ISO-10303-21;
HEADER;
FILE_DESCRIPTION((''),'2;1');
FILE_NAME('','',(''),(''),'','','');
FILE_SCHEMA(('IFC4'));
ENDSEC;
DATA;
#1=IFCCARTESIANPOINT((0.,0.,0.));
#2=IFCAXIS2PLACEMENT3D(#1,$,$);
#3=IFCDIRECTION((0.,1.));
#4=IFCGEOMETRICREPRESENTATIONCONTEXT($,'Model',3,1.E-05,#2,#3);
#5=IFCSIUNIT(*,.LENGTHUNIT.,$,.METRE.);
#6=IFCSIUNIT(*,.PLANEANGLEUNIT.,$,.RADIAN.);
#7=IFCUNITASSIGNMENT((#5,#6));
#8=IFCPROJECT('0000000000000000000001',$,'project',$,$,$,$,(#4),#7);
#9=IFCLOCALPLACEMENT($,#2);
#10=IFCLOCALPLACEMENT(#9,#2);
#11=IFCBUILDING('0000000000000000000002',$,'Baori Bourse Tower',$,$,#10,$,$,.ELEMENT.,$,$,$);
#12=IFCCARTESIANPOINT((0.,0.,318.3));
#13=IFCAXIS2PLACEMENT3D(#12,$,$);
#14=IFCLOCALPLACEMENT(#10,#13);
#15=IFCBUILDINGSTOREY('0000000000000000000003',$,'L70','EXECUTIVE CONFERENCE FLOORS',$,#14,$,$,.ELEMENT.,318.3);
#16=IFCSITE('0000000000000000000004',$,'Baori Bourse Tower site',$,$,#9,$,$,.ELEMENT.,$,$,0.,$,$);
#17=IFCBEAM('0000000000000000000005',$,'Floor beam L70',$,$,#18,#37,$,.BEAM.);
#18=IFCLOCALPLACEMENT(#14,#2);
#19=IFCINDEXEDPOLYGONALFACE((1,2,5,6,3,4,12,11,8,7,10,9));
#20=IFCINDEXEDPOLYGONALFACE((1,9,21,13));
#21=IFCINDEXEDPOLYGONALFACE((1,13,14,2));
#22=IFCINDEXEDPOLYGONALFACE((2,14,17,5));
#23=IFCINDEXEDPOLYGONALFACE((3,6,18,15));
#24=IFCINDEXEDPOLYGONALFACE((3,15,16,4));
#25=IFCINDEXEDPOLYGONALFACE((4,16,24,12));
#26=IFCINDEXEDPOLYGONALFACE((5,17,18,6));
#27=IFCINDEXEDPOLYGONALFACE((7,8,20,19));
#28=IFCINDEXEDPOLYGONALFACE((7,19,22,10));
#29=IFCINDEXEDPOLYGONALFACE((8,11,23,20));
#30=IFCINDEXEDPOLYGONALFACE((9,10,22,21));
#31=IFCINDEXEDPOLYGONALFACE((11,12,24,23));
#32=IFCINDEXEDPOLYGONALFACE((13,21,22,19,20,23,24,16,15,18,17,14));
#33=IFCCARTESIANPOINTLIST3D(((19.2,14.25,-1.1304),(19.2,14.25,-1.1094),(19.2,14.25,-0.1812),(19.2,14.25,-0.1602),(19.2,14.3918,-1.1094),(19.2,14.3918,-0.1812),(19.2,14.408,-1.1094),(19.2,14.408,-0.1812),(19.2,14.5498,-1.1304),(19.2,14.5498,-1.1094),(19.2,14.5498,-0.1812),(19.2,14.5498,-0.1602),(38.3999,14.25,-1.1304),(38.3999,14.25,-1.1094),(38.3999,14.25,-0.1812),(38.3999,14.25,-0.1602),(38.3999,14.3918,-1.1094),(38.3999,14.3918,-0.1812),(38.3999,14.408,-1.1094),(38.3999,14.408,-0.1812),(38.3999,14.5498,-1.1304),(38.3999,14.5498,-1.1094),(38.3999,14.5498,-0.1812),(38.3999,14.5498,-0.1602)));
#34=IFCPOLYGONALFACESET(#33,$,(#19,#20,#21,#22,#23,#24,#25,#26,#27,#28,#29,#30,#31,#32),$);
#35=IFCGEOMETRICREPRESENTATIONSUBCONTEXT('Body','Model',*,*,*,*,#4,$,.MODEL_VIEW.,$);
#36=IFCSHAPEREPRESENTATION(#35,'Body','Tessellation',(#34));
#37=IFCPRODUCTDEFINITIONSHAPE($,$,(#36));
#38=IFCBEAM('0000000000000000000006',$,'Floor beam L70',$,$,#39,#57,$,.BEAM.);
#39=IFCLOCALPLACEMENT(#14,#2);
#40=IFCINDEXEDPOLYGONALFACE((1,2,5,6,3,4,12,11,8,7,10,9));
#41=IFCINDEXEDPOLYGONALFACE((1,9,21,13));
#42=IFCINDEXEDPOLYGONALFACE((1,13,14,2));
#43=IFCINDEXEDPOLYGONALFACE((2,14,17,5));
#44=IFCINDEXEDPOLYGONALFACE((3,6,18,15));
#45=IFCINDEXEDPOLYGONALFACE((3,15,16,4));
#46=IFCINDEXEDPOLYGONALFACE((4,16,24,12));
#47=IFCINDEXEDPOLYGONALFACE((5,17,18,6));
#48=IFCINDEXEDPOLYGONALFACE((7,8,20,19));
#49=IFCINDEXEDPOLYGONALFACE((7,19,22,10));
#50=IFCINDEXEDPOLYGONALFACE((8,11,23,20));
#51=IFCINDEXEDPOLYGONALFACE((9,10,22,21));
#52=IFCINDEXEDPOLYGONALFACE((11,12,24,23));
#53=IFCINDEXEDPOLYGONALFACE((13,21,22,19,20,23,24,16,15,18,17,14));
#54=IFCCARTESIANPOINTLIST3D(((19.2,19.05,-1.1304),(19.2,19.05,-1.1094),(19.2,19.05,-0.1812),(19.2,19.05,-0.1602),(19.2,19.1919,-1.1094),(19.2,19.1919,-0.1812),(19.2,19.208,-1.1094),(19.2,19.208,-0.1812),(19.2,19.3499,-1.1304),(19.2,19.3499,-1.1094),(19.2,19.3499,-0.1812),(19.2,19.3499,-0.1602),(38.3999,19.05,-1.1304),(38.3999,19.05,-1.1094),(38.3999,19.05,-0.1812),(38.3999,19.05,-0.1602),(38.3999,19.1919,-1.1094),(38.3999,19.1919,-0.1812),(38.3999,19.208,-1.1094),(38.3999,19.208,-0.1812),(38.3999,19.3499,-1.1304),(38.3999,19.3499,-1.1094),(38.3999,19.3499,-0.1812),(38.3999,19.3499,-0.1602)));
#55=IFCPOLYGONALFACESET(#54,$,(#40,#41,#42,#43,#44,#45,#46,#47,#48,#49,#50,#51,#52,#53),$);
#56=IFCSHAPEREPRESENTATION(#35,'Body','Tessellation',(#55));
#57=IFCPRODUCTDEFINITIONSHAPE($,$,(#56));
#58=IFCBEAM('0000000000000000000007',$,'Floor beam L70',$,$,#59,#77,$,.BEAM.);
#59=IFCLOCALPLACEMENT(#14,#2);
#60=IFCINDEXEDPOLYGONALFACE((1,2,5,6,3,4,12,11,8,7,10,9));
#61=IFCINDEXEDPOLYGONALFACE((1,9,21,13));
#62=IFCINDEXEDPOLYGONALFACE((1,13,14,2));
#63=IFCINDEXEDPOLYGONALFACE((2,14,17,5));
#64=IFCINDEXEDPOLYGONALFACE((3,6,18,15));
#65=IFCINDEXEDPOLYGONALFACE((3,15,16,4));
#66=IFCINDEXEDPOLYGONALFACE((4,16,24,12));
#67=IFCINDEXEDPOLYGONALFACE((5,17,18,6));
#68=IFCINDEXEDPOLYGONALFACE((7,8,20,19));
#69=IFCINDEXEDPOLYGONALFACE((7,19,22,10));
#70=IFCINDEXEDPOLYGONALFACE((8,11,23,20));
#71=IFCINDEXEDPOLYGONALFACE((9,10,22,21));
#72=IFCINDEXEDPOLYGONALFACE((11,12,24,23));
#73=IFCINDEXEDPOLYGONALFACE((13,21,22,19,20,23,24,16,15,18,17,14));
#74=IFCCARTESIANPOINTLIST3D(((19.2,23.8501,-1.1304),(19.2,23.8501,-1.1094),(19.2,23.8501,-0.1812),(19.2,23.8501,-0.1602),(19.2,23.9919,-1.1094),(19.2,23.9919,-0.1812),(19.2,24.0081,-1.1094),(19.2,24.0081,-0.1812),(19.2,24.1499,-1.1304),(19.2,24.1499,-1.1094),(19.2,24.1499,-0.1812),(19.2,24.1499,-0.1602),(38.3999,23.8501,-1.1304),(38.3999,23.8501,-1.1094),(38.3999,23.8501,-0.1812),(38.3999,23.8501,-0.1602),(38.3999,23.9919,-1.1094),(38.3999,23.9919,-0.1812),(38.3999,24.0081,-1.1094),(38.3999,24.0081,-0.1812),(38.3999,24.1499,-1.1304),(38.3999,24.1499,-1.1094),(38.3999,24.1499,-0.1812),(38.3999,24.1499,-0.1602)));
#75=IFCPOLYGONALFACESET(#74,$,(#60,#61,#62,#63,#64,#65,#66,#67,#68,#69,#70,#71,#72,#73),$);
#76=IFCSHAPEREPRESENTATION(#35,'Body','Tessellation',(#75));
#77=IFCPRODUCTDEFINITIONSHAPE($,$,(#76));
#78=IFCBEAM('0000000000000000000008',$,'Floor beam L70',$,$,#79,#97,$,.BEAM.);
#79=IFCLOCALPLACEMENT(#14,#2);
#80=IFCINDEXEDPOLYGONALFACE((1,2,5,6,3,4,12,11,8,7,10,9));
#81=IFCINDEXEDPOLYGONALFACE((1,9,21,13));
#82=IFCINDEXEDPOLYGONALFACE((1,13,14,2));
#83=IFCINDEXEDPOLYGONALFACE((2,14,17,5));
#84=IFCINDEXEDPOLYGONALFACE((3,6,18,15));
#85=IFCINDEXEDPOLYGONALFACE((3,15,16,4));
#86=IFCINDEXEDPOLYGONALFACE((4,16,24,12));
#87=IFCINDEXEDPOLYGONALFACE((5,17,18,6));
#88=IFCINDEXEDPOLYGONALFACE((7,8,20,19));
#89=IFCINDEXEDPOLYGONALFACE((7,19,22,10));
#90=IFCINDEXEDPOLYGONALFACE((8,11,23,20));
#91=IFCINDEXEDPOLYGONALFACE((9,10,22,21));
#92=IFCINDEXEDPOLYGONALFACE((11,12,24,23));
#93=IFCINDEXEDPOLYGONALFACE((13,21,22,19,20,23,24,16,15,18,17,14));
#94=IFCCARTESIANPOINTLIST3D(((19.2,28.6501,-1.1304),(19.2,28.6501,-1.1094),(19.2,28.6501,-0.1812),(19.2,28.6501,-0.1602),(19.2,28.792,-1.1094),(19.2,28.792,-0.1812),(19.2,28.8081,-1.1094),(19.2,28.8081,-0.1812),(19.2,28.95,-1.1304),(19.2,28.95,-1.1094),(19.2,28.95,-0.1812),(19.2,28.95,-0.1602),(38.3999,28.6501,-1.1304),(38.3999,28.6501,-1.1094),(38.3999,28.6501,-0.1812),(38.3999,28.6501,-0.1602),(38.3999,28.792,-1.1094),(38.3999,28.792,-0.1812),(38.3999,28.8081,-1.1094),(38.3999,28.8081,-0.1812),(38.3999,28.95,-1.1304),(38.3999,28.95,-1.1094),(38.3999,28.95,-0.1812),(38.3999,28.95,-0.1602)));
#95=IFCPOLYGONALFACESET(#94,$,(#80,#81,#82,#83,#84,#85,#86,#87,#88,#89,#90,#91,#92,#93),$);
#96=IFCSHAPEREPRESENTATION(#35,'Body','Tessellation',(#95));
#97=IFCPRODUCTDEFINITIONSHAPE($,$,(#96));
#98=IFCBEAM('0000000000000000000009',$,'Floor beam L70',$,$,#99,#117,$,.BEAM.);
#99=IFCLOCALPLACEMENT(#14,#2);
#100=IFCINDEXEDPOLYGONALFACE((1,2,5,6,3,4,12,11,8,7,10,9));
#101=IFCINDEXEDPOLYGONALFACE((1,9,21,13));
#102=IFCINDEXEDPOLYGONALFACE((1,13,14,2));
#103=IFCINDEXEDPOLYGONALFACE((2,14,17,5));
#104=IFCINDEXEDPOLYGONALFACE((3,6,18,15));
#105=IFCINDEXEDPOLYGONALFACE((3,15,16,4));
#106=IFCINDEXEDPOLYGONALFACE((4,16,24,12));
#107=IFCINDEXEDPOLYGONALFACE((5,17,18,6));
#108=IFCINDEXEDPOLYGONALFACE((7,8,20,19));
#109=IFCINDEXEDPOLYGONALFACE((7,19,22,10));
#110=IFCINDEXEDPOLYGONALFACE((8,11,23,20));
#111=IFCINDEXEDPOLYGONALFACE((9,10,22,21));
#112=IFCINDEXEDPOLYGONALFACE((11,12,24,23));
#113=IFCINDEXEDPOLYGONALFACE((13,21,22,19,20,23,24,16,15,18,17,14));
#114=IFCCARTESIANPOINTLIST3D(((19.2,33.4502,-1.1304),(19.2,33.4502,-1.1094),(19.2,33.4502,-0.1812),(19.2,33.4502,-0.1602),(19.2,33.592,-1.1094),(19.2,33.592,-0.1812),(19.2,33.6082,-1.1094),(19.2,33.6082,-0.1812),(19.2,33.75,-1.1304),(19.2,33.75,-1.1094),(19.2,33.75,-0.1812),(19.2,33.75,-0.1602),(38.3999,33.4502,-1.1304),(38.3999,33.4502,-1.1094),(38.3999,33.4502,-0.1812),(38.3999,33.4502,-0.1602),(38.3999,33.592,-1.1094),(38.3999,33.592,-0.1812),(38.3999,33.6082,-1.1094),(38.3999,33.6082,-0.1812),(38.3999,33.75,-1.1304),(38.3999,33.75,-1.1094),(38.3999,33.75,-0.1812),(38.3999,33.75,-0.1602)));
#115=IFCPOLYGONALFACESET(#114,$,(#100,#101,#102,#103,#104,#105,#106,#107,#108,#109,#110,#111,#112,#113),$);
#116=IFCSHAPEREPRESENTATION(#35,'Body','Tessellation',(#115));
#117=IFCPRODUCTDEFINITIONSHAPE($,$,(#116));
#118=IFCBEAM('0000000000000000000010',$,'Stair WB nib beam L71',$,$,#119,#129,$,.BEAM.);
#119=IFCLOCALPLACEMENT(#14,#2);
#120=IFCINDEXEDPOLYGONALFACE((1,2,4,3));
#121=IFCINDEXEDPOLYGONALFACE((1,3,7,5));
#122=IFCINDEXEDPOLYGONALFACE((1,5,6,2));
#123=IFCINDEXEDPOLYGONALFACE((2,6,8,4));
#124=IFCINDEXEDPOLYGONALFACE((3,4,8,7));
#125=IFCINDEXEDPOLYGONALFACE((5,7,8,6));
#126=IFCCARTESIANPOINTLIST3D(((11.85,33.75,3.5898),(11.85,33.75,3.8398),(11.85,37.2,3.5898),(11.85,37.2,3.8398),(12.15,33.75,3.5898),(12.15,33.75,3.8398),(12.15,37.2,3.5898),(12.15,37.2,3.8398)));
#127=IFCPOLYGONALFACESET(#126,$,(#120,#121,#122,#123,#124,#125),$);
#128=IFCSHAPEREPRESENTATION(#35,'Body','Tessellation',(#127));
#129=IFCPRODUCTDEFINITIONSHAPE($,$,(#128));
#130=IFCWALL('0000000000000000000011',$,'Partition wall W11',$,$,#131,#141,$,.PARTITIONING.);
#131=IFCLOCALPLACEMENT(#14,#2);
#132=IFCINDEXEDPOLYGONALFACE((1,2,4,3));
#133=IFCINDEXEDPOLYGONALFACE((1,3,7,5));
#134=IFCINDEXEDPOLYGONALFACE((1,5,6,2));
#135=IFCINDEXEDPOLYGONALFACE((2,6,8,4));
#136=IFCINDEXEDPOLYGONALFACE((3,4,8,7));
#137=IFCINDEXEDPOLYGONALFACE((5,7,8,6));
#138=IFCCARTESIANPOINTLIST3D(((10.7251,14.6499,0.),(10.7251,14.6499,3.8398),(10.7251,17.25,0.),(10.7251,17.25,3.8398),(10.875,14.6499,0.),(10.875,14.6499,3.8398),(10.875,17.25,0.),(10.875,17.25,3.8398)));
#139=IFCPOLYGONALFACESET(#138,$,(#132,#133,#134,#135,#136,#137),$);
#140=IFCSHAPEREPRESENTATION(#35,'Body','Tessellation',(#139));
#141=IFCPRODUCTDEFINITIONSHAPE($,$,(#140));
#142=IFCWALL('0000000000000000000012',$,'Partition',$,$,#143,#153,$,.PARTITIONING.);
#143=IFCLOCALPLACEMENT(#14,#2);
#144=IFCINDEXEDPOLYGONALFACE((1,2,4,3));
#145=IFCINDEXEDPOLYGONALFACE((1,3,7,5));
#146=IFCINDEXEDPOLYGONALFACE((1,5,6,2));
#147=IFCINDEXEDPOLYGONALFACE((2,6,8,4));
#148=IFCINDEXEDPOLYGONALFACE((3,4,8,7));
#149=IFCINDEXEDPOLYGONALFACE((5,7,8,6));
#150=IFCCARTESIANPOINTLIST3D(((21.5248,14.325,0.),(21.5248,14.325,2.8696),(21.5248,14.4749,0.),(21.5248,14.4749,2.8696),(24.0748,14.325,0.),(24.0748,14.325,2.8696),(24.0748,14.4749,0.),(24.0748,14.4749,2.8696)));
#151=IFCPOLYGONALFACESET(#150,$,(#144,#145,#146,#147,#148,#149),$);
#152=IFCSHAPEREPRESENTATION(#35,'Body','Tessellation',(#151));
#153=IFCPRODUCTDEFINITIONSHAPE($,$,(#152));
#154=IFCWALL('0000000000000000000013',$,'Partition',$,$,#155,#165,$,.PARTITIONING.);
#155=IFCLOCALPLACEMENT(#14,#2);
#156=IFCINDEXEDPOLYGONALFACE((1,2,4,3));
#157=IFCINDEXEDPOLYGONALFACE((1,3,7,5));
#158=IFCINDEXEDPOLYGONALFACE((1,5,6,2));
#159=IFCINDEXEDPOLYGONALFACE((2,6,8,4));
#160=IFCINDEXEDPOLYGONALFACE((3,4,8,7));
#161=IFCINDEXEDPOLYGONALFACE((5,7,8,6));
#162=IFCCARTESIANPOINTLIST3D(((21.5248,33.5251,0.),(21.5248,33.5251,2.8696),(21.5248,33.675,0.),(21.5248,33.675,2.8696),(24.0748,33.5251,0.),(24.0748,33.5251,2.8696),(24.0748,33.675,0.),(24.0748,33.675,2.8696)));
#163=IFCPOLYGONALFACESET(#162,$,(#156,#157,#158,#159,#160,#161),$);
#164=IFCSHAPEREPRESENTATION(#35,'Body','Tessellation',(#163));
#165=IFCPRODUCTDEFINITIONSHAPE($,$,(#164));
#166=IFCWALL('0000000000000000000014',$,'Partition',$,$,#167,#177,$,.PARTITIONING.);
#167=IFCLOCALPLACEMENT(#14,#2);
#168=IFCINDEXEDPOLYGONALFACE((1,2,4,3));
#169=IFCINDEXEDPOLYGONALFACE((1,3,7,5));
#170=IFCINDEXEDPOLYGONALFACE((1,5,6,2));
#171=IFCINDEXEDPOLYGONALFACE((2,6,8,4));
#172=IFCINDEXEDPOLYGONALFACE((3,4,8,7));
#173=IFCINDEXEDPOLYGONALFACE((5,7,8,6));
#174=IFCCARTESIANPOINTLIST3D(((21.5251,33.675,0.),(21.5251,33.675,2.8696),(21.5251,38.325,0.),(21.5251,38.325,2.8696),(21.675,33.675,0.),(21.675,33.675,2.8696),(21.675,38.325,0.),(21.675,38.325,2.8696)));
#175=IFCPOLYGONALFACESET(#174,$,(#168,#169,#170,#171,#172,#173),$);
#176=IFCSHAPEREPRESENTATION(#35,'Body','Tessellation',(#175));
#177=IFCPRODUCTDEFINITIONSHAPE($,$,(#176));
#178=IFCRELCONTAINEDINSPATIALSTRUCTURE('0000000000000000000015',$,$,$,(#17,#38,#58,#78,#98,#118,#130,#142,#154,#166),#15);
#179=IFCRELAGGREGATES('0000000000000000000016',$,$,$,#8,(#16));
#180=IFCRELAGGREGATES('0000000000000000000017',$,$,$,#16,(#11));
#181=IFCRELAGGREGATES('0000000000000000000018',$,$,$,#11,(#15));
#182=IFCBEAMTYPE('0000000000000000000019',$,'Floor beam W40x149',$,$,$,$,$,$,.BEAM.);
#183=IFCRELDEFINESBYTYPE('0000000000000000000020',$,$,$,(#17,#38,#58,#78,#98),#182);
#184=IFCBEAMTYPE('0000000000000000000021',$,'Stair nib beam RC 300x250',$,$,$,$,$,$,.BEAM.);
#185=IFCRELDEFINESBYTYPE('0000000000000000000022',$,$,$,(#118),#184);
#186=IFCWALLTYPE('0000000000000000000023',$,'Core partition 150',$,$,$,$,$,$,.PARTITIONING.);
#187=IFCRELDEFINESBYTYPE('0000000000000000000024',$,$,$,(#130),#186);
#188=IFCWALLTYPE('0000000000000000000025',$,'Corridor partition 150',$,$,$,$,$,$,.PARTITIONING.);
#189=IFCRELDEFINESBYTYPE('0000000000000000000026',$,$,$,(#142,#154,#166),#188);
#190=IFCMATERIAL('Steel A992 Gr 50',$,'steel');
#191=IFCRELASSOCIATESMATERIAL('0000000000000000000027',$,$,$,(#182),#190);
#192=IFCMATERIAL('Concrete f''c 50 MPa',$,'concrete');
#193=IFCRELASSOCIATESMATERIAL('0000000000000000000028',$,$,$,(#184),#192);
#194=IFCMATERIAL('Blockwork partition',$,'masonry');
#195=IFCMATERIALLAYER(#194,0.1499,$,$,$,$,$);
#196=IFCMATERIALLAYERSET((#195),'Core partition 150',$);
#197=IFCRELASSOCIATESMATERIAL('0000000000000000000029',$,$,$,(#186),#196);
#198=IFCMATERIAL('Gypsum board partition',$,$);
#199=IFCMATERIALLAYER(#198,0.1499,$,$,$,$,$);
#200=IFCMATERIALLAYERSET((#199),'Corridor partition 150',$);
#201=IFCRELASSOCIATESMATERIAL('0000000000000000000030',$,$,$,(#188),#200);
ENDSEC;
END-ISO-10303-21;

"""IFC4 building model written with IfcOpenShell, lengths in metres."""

from ifc_helpers import new_model, si_unit, direction, frame, frame_2d, origin, origin_2d, place, context, subcontext, project, spatial, rectangle, i_section, extrude, material, layer, layer_set, material_profile, profile_set, type_object, element, save


model = new_model("IFC4")

# Units and contexts
model_context = context("Model", 3, precision=1e-05, world=origin(), true_north=direction((0.0, 1.0)))
body_context = subcontext(model_context, "Body", "Model", "MODEL_VIEW")
ifc_project = project(units=[si_unit("LENGTHUNIT", "METRE"), si_unit("PLANEANGLEUNIT", "RADIAN")], contexts=[model_context])

# Site, building, storey
site_placement = place(None, origin())
site = spatial("IfcSite", under=ifc_project, at=site_placement, Name="Baori Bourse Tower site", CompositionType="ELEMENT", RefElevation=0.0)
building_placement = place(site_placement, origin())
building = spatial("IfcBuilding", under=site, at=building_placement, Name="Baori Bourse Tower", CompositionType="ELEMENT")
storey_placement = place(building_placement, frame((0.0, 0.0, 318.3)))
storey = spatial("IfcBuildingStorey", under=building, at=storey_placement, Name="L70", Description="EXECUTIVE CONFERENCE FLOORS", CompositionType="ELEMENT", Elevation=318.3)

# Beams
ifc_material_1 = material(Name="Steel A992 Gr 50", Category="steel")
ifc_material_profile_1 = material_profile(ifc_material_1, i_section(OverallWidth=0.2998, OverallDepth=0.9702, WebThickness=0.0161, FlangeThickness=0.021, at=origin_2d()), Name="W40x149")
ifc_profile_set_1 = profile_set([ifc_material_profile_1], Name="Steel A992 Gr 50")
beam_type_1 = type_object("IfcBeamType", Name="Floor beam W40x149", PredefinedType="BEAM", material=ifc_profile_set_1)
for number, where, z_axis, x_axis, name in (
    (1, (19.2, 14.3999, -0.6453), (1.0, 0.0, 0.0), (0.0, 1.0, 0.0), "Floor beam L70"),
    (2, (19.2, 19.2, -0.6453), (1.0, 0.0, 0.0), (0.0, 1.0, 0.0), "Floor beam L70"),
    (3, (19.2, 24.0, -0.6453), (1.0, 0.0, 0.0), (0.0, 1.0, 0.0), "Floor beam L70"),
    (4, (19.2, 28.8, -0.6453), (1.0, 0.0, 0.0), (0.0, 1.0, 0.0), "Floor beam L70"),
    (5, (19.2, 33.6001, -0.6453), (1.0, 0.0, 0.0), (0.0, 1.0, 0.0), "Floor beam L70"),
):
    element("IfcBeam", number, at=place(storey_placement, frame(where, z_axis=z_axis, x_axis=x_axis)), inside=storey, type_object=beam_type_1, Name=name, PredefinedType="BEAM", context=body_context, shape_type="SweptSolid", body=[
        extrude(i_section(OverallWidth=0.2998, OverallDepth=0.9702, WebThickness=0.0161, FlangeThickness=0.021, at=origin_2d()), origin(), (0.0, 0.0, 1.0), 19.2),
    ])
ifc_material_2 = material(Name="Concrete f'c 50 MPa", Category="concrete")
ifc_material_profile_2 = material_profile(ifc_material_2, rectangle(XDim=0.3, YDim=0.25, at=origin_2d()), Name="RC 300x250")
ifc_profile_set_2 = profile_set([ifc_material_profile_2], Name="Concrete f'c 50 MPa")
beam_type_2 = type_object("IfcBeamType", Name="Stair nib beam RC 300x250", PredefinedType="BEAM", material=ifc_profile_set_2)
beam_placement = place(storey_placement, frame((12.0, 33.75, 3.7148), z_axis=(0.0, 1.0, 0.0), x_axis=(-1.0, 0.0, 0.0)))
element("IfcBeam", 6, at=beam_placement, inside=storey, type_object=beam_type_2, Name="Stair WB nib beam L71", PredefinedType="BEAM", context=body_context, shape_type="SweptSolid", body=[
    extrude(rectangle(XDim=0.3, YDim=0.25, at=origin_2d()), origin(), (0.0, 0.0, 1.0), 3.45),
])

# Walls
ifc_material_3 = material(Name="Blockwork partition", Category="masonry")
ifc_layer_1 = layer(ifc_material_3, 0.1499)
ifc_layer_set_1 = layer_set([ifc_layer_1], Name="Core partition 150")
wall_type_1 = type_object("IfcWallType", Name="Core partition 150", PredefinedType="PARTITIONING", material=ifc_layer_set_1)
wall_1_placement = place(storey_placement, frame((10.8, 14.6499, 0.0), z_axis=(0.0, 0.0, 1.0), x_axis=(0.0, 1.0, 0.0)))
element("IfcWall", 7, at=wall_1_placement, inside=storey, type_object=wall_type_1, Name="Partition wall W11", PredefinedType="PARTITIONING", context=body_context, shape_type="SweptSolid", body=[
    extrude(rectangle(XDim=2.6001, YDim=0.1499, at=frame_2d((1.3, 0.0))), origin(), (0.0, 0.0, 1.0), 3.8398),
])
ifc_material_4 = material(Name="Gypsum board partition")
ifc_layer_2 = layer(ifc_material_4, 0.1499)
ifc_layer_set_2 = layer_set([ifc_layer_2], Name="Corridor partition 150")
wall_type_2 = type_object("IfcWallType", Name="Corridor partition 150", PredefinedType="PARTITIONING", material=ifc_layer_set_2)
for number, where, z_axis, x_axis, name in (
    (8, (21.5249, 14.3999, 0.0), (0.0, 0.0, 1.0), (1.0, 0.0, 0.0), "Partition"),
    (9, (21.5249, 33.6001, 0.0), (0.0, 0.0, 1.0), (1.0, 0.0, 0.0), "Partition"),
):
    element("IfcWall", number, at=place(storey_placement, frame(where, z_axis=z_axis, x_axis=x_axis)), inside=storey, type_object=wall_type_2, Name=name, PredefinedType="PARTITIONING", context=body_context, shape_type="SweptSolid", body=[
        extrude(rectangle(XDim=2.55, YDim=0.1499, at=frame_2d((1.2749, 0.0))), origin(), (0.0, 0.0, 1.0), 2.8696),
    ])
wall_2_placement = place(storey_placement, frame((21.6001, 33.675, 0.0), z_axis=(0.0, 0.0, 1.0), x_axis=(0.0, 1.0, 0.0)))
element("IfcWall", 10, at=wall_2_placement, inside=storey, type_object=wall_type_2, Name="Partition", PredefinedType="PARTITIONING", context=body_context, shape_type="SweptSolid", body=[
    extrude(rectangle(XDim=4.6499, YDim=0.1499, at=frame_2d((2.325, 0.0))), origin(), (0.0, 0.0, 1.0), 2.8696),
])

save(model, "model.ifc")
